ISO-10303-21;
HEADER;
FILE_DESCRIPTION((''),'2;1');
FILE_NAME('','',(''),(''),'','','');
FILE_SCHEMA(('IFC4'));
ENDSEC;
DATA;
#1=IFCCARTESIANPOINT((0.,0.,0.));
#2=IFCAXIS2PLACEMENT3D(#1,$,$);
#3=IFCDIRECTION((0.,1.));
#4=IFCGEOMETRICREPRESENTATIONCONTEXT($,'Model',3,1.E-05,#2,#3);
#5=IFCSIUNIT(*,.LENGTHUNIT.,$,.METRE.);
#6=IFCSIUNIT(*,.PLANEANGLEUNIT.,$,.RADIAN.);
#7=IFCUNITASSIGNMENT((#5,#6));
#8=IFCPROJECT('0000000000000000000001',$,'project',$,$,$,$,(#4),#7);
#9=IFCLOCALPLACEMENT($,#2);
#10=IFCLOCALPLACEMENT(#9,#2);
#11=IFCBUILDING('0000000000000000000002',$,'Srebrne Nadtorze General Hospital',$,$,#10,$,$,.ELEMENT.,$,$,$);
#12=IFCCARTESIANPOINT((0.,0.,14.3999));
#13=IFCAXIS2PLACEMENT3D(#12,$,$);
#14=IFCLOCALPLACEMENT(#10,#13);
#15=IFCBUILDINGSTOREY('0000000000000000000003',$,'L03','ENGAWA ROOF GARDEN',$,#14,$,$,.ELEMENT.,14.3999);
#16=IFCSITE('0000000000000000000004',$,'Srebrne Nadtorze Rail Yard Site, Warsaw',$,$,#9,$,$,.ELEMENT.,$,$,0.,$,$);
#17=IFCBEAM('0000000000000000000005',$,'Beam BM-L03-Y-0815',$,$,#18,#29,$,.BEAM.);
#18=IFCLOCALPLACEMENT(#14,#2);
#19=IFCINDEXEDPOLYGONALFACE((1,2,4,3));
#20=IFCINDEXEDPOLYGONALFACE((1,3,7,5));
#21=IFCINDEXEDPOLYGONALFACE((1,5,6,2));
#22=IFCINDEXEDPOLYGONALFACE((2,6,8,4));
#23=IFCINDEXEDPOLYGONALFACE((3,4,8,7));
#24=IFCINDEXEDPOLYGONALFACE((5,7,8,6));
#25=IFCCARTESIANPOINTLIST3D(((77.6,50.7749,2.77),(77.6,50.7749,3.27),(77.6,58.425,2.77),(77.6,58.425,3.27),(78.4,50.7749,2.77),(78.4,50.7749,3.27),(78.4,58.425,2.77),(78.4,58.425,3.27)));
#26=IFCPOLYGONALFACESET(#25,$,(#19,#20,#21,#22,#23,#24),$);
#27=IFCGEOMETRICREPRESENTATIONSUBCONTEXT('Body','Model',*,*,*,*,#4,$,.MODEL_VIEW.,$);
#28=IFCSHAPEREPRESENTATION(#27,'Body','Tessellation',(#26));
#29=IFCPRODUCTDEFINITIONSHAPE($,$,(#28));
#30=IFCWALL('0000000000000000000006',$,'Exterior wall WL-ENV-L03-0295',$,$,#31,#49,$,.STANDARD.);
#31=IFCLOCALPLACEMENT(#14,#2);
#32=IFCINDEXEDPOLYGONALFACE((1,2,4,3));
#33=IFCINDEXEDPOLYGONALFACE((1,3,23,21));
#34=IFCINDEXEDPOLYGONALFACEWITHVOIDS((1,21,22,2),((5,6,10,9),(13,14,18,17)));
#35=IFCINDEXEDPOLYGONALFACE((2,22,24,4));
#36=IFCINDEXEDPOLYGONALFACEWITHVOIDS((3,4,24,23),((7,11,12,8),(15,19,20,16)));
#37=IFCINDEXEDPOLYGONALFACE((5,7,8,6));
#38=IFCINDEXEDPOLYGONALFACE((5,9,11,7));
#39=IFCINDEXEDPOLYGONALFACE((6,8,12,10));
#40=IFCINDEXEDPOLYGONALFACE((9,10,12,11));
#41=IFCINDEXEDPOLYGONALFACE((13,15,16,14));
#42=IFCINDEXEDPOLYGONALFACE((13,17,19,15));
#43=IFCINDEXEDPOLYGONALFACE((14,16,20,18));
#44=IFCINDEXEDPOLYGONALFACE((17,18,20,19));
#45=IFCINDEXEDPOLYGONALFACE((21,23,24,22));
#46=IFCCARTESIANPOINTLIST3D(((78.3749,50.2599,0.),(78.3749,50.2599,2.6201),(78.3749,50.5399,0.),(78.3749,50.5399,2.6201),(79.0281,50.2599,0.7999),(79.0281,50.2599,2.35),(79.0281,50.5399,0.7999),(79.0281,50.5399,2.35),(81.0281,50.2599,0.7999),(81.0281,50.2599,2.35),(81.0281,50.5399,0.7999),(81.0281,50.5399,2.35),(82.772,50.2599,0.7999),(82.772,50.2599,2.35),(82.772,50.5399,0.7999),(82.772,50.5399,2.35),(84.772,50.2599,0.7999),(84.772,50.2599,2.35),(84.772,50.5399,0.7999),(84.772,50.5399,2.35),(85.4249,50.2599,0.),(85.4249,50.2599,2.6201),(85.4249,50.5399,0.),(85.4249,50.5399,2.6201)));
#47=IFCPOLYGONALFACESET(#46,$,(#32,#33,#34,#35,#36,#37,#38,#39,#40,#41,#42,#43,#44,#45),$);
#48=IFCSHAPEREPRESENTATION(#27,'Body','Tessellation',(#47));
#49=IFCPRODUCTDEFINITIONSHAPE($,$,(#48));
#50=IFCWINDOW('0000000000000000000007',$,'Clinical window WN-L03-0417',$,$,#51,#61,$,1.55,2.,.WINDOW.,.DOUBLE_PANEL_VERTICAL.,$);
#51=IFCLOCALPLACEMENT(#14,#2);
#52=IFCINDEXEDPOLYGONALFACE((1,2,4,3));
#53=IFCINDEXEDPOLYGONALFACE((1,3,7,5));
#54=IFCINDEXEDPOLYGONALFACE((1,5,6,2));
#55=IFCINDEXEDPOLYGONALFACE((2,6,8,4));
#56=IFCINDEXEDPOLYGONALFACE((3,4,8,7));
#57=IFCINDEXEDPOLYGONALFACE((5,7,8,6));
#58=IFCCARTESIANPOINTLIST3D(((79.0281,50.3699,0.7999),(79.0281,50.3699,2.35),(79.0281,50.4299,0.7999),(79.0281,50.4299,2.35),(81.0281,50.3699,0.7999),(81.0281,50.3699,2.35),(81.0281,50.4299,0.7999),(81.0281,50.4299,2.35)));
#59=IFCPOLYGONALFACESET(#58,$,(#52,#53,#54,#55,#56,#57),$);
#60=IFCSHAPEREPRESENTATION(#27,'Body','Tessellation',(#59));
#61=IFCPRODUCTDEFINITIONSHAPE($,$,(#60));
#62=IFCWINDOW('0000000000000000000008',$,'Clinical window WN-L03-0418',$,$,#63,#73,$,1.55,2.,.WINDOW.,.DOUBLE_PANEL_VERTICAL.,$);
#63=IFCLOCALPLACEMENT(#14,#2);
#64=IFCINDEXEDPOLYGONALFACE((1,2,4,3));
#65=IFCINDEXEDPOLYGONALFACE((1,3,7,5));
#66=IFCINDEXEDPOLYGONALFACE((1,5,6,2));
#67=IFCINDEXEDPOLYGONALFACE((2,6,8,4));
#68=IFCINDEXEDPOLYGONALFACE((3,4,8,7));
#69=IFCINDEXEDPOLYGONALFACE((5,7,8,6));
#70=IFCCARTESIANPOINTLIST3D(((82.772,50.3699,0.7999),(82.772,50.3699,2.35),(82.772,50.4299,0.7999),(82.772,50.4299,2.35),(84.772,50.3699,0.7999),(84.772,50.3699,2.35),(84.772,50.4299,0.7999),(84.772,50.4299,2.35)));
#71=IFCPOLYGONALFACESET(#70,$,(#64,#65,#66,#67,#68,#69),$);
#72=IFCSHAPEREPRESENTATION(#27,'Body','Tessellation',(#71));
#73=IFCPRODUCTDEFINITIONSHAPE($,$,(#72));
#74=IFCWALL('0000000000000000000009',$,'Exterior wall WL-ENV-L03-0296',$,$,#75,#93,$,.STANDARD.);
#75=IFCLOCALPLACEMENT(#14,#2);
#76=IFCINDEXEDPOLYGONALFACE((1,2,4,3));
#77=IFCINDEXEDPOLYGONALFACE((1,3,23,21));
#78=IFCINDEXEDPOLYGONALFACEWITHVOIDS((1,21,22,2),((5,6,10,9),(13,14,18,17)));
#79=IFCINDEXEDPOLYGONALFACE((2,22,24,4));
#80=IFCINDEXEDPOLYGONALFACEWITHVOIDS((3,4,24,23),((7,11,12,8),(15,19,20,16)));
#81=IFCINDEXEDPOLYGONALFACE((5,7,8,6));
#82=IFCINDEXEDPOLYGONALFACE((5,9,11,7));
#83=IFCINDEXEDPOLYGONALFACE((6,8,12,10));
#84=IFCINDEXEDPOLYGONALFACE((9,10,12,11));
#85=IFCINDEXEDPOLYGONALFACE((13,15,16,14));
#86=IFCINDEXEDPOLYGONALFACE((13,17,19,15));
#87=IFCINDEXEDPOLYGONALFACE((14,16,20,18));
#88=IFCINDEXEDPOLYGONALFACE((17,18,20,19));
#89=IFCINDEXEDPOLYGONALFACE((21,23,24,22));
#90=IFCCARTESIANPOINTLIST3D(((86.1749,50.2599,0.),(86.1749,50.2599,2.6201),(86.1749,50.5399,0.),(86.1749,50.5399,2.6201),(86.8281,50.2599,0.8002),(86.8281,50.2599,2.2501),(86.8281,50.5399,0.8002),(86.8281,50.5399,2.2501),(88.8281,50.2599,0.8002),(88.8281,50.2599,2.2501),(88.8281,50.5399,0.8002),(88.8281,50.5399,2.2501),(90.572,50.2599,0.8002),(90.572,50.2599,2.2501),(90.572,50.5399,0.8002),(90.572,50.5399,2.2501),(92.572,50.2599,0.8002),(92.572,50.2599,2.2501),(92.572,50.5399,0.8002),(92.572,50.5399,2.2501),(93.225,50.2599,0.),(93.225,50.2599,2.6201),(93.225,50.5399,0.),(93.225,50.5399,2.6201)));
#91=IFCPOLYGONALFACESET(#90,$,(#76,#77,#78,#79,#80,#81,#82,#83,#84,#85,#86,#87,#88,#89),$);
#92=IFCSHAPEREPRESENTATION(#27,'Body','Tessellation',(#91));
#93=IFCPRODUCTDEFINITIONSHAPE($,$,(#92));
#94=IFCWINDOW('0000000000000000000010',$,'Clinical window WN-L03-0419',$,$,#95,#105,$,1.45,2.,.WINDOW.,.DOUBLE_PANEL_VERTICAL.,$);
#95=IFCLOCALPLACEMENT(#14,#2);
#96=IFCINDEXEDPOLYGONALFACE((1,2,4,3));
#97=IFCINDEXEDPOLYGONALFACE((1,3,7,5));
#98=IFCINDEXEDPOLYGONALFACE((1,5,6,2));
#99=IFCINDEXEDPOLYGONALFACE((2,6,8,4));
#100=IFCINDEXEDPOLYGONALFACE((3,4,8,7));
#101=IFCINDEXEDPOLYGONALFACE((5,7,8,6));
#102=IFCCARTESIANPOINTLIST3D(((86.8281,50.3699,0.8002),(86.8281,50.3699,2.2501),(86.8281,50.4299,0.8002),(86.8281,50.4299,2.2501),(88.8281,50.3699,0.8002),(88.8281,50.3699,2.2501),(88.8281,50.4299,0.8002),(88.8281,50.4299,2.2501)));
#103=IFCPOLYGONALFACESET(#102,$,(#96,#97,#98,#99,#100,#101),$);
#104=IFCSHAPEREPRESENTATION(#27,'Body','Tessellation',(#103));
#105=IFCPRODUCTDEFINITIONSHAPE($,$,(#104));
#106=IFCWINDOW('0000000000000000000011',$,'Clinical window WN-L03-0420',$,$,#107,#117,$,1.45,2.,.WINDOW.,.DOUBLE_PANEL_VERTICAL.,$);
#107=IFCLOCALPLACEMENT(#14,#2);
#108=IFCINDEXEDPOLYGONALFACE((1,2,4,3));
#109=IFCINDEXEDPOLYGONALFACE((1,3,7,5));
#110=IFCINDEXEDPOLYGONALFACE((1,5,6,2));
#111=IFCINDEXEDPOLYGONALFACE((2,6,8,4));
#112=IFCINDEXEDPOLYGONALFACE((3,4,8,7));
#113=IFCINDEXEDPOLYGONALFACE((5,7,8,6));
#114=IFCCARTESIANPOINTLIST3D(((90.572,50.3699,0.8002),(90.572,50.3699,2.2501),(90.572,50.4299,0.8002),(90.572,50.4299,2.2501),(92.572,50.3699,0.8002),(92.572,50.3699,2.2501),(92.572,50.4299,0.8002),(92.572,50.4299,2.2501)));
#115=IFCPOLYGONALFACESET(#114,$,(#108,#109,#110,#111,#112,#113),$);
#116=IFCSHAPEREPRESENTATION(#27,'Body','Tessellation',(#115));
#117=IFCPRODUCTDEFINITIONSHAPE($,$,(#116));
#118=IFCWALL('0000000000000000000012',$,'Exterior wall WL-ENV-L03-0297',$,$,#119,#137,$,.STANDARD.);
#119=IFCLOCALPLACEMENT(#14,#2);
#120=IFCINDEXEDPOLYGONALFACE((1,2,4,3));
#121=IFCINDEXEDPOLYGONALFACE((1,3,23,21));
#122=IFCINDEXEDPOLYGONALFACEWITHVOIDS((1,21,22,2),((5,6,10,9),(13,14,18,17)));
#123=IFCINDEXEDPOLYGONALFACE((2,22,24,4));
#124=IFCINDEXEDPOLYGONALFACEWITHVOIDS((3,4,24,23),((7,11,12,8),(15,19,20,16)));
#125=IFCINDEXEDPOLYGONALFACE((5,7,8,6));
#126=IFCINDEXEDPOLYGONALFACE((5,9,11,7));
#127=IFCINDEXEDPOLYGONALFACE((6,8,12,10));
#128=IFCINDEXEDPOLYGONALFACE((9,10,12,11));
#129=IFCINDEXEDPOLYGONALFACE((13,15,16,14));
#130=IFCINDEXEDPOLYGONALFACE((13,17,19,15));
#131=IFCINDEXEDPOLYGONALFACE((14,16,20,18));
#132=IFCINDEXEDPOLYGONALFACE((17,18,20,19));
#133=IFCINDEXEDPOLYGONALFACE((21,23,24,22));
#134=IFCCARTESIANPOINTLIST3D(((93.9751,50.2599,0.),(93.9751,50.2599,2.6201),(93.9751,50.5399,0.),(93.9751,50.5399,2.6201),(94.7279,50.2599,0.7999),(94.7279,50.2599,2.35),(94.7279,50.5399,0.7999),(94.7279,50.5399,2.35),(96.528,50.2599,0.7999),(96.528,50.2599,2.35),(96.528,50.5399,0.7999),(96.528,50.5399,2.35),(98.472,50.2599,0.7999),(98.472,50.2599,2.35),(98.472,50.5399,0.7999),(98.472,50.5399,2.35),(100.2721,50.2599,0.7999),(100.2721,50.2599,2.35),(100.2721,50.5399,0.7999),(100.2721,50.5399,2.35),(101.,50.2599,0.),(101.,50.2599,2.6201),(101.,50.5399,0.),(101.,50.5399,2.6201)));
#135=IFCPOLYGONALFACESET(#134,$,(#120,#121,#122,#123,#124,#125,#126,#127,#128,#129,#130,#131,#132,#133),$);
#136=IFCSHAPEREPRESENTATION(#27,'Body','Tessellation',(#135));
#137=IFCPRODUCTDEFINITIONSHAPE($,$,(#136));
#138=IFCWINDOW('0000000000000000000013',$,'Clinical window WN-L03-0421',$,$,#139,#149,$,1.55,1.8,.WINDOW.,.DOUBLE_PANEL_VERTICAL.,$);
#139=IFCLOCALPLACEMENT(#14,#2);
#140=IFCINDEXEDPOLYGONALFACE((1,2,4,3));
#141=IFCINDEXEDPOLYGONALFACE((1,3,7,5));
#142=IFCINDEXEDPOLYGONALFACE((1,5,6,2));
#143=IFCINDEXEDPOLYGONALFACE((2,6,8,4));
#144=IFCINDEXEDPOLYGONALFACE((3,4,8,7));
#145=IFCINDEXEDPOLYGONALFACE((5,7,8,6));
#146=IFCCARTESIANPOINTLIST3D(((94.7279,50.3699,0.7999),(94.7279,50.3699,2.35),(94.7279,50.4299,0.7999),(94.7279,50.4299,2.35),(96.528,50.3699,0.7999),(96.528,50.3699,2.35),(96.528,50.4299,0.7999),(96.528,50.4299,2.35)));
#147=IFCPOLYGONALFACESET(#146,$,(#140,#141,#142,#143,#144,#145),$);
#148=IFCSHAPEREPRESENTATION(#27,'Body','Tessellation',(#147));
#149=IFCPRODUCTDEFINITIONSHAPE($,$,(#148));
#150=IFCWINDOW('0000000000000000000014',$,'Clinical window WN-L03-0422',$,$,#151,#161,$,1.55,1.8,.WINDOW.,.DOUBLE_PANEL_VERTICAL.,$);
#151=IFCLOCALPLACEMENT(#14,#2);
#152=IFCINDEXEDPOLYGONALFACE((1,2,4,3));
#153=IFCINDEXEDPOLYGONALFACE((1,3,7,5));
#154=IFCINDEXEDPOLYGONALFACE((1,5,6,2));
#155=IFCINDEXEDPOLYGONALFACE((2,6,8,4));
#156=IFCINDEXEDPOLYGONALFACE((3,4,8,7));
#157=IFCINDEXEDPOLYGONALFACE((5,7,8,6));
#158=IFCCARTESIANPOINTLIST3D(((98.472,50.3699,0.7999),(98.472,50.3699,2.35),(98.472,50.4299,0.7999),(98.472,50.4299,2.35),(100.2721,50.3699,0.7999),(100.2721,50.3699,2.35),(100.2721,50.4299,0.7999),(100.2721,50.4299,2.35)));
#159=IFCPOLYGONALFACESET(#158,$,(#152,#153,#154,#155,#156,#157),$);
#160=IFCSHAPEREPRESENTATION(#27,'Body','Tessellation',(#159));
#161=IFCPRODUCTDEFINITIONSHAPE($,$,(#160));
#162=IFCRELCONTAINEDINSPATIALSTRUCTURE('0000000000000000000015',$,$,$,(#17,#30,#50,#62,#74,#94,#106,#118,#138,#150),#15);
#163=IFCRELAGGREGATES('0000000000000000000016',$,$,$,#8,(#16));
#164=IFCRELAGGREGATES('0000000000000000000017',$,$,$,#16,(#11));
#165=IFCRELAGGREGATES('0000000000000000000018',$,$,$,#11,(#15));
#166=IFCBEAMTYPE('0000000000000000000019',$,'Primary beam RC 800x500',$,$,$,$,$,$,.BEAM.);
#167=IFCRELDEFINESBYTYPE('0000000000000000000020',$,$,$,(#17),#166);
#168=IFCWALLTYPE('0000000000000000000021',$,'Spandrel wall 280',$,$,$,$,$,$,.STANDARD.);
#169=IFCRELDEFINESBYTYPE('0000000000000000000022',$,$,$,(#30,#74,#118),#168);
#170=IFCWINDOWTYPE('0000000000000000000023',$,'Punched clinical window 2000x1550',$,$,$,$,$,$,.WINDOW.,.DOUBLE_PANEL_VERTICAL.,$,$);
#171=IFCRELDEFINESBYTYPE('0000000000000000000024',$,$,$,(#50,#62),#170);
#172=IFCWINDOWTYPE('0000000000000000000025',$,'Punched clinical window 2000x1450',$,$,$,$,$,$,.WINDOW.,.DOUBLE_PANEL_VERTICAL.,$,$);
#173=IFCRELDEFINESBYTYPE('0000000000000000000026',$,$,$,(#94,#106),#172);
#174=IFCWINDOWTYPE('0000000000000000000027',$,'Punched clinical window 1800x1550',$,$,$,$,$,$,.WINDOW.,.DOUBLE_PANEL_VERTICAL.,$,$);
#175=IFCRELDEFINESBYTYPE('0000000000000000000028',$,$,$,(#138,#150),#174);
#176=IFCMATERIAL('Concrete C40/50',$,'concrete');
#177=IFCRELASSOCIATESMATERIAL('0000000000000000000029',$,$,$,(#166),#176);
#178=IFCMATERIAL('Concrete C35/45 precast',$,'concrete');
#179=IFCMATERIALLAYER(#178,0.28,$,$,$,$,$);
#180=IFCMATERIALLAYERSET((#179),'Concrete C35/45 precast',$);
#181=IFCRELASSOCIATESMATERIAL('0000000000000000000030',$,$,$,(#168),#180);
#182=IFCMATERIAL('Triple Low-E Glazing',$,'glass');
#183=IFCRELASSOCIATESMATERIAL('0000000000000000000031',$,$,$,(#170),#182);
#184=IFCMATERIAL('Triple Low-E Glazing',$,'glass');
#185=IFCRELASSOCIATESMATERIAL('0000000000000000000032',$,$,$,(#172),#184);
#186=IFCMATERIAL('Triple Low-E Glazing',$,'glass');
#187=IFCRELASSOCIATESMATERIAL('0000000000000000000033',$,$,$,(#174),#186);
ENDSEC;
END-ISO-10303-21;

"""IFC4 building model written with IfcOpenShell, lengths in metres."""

from ifc_helpers import new_model, si_unit, direction, frame, frame_2d, origin, origin_2d, place, context, subcontext, project, spatial, rectangle, extrude, material, layer, layer_set, material_profile, profile_set, type_object, element, fill, save


model = new_model("IFC4")

# Units and contexts
model_context = context("Model", 3, precision=1e-05, world=origin(), true_north=direction((0.0, 1.0)))
body_context = subcontext(model_context, "Body", "Model", "MODEL_VIEW")
ifc_project = project(units=[si_unit("LENGTHUNIT", "METRE"), si_unit("PLANEANGLEUNIT", "RADIAN")], contexts=[model_context])

# Site, building, storey
site_placement = place(None, origin())
site = spatial("IfcSite", under=ifc_project, at=site_placement, Name="Srebrne Nadtorze Rail Yard Site, Warsaw", CompositionType="ELEMENT", RefElevation=0.0)
building_placement = place(site_placement, origin())
building = spatial("IfcBuilding", under=site, at=building_placement, Name="Srebrne Nadtorze General Hospital", CompositionType="ELEMENT")
storey_placement = place(building_placement, frame((0.0, 0.0, 14.3999)))
storey = spatial("IfcBuildingStorey", under=building, at=storey_placement, Name="L03", Description="ENGAWA ROOF GARDEN", CompositionType="ELEMENT", Elevation=14.3999)

# Beam
ifc_material_1 = material(Name="Concrete C40/50", Category="concrete")
ifc_material_profile_1 = material_profile(ifc_material_1, rectangle(XDim=0.8, YDim=0.5, at=origin_2d()), Name="RC-BM-800x500")
ifc_profile_set_1 = profile_set([ifc_material_profile_1], Name="Concrete C40/50")
beam_type_1 = type_object("IfcBeamType", Name="Primary beam RC 800x500", PredefinedType="BEAM", material=ifc_profile_set_1)
beam_1_placement = place(storey_placement, frame((78.0, 50.7749, 3.02), z_axis=(0.0, 1.0, 0.0), x_axis=(-1.0, 0.0, 0.0)))
element("IfcBeam", 1, at=beam_1_placement, inside=storey, type_object=beam_type_1, Name="Beam BM-L03-Y-0815", PredefinedType="BEAM", context=body_context, shape_type="SweptSolid", body=[
    extrude(rectangle(XDim=0.8, YDim=0.5, at=origin_2d()), origin(), (0.0, 0.0, 1.0), 7.6501),
])

# Walls, openings, windows
ifc_material_2 = material(Name="Concrete C35/45 precast", Category="concrete")
ifc_layer_1 = layer(ifc_material_2, 0.28)
ifc_layer_set_1 = layer_set([ifc_layer_1], Name="Concrete C35/45 precast")
wall_type = type_object("IfcWallType", Name="Spandrel wall 280", PredefinedType="STANDARD", material=ifc_layer_set_1)
wall_1_placement = place(storey_placement, frame((78.375, 50.3999, 0.0), z_axis=(0.0, 0.0, 1.0), x_axis=(1.0, 0.0, 0.0)))
wall_1 = element("IfcWall", 2, at=wall_1_placement, inside=storey, type_object=wall_type, Name="Exterior wall WL-ENV-L03-0295", PredefinedType="STANDARD", context=body_context, shape_type="SweptSolid", body=[
    extrude(rectangle(XDim=7.05, YDim=0.28, at=frame_2d((3.5249, 0.0))), origin(), (0.0, 0.0, 1.0), 2.6201),
])
opening_1_placement = place(wall_1_placement, frame((0.6531, 0.0, 0.8)))
opening_1 = element("IfcOpeningElement", 3, at=opening_1_placement, cuts=wall_1, PredefinedType="OPENING", context=body_context, shape_type="SweptSolid", body=[
    extrude(rectangle(XDim=2.0, YDim=1.55, at=frame_2d((1.0, 0.7749))), frame((0.0, 0.1519, 0.0), z_axis=(0.0, -1.0, 0.0), x_axis=(1.0, 0.0, 0.0)), (0.0, 0.0, 1.0), 0.304),
])
opening_2_placement = place(wall_1_placement, frame((4.397, 0.0, 0.8)))
opening_2 = element("IfcOpeningElement", 4, at=opening_2_placement, cuts=wall_1, PredefinedType="OPENING", context=body_context, shape_type="SweptSolid", body=[
    extrude(rectangle(XDim=2.0, YDim=1.55, at=frame_2d((1.0, 0.7749))), frame((0.0, 0.1519, 0.0), z_axis=(0.0, -1.0, 0.0), x_axis=(1.0, 0.0, 0.0)), (0.0, 0.0, 1.0), 0.304),
])
ifc_material_3 = material(Name="Triple Low-E Glazing", Category="glass")
window_type_1 = type_object("IfcWindowType", Name="Punched clinical window 2000x1550", PartitioningType="DOUBLE_PANEL_VERTICAL", PredefinedType="WINDOW", material=ifc_material_3)
window_1_placement = place(opening_1_placement, origin())
window_1 = element("IfcWindow", 5, at=window_1_placement, inside=storey, type_object=window_type_1, Name="Clinical window WN-L03-0417", OverallHeight=1.55, OverallWidth=2.0, PartitioningType="DOUBLE_PANEL_VERTICAL", PredefinedType="WINDOW", context=body_context, shape_type="SweptSolid", body=[
    extrude(rectangle(XDim=2.0, YDim=1.55, at=frame_2d((1.0, 0.7749))), frame((0.0, 0.03, 0.0), z_axis=(0.0, -1.0, 0.0), x_axis=(1.0, 0.0, 0.0)), (0.0, 0.0, 1.0), 0.0601),
])
fill(opening_1, window_1)
window_2_placement = place(opening_2_placement, origin())
window_2 = element("IfcWindow", 6, at=window_2_placement, inside=storey, type_object=window_type_1, Name="Clinical window WN-L03-0418", OverallHeight=1.55, OverallWidth=2.0, PartitioningType="DOUBLE_PANEL_VERTICAL", PredefinedType="WINDOW", context=body_context, shape_type="SweptSolid", body=[
    extrude(rectangle(XDim=2.0, YDim=1.55, at=frame_2d((1.0, 0.7749))), frame((0.0, 0.03, 0.0), z_axis=(0.0, -1.0, 0.0), x_axis=(1.0, 0.0, 0.0)), (0.0, 0.0, 1.0), 0.0601),
])
fill(opening_2, window_2)
wall_2_placement = place(storey_placement, frame((86.175, 50.3999, 0.0), z_axis=(0.0, 0.0, 1.0), x_axis=(1.0, 0.0, 0.0)))
wall_2 = element("IfcWall", 7, at=wall_2_placement, inside=storey, type_object=wall_type, Name="Exterior wall WL-ENV-L03-0296", PredefinedType="STANDARD", context=body_context, shape_type="SweptSolid", body=[
    extrude(rectangle(XDim=7.05, YDim=0.28, at=frame_2d((3.5249, 0.0))), origin(), (0.0, 0.0, 1.0), 2.6201),
])
opening_3_placement = place(wall_2_placement, frame((0.6531, 0.0, 0.8)))
opening_3 = element("IfcOpeningElement", 8, at=opening_3_placement, cuts=wall_2, PredefinedType="OPENING", context=body_context, shape_type="SweptSolid", body=[
    extrude(rectangle(XDim=2.0, YDim=1.45, at=frame_2d((1.0, 0.7251))), frame((0.0, 0.1519, 0.0), z_axis=(0.0, -1.0, 0.0), x_axis=(1.0, 0.0, 0.0)), (0.0, 0.0, 1.0), 0.304),
])
opening_4_placement = place(wall_2_placement, frame((4.397, 0.0, 0.8)))
opening_4 = element("IfcOpeningElement", 9, at=opening_4_placement, cuts=wall_2, PredefinedType="OPENING", context=body_context, shape_type="SweptSolid", body=[
    extrude(rectangle(XDim=2.0, YDim=1.45, at=frame_2d((1.0, 0.7251))), frame((0.0, 0.1519, 0.0), z_axis=(0.0, -1.0, 0.0), x_axis=(1.0, 0.0, 0.0)), (0.0, 0.0, 1.0), 0.304),
])
ifc_material_4 = material(Name="Triple Low-E Glazing", Category="glass")
window_type_2 = type_object("IfcWindowType", Name="Punched clinical window 2000x1450", PartitioningType="DOUBLE_PANEL_VERTICAL", PredefinedType="WINDOW", material=ifc_material_4)
window_3_placement = place(opening_3_placement, origin())
window_3 = element("IfcWindow", 10, at=window_3_placement, inside=storey, type_object=window_type_2, Name="Clinical window WN-L03-0419", OverallHeight=1.45, OverallWidth=2.0, PartitioningType="DOUBLE_PANEL_VERTICAL", PredefinedType="WINDOW", context=body_context, shape_type="SweptSolid", body=[
    extrude(rectangle(XDim=2.0, YDim=1.45, at=frame_2d((1.0, 0.7251))), frame((0.0, 0.03, 0.0), z_axis=(0.0, -1.0, 0.0), x_axis=(1.0, 0.0, 0.0)), (0.0, 0.0, 1.0), 0.0601),
])
fill(opening_3, window_3)
window_4_placement = place(opening_4_placement, origin())
window_4 = element("IfcWindow", 11, at=window_4_placement, inside=storey, type_object=window_type_2, Name="Clinical window WN-L03-0420", OverallHeight=1.45, OverallWidth=2.0, PartitioningType="DOUBLE_PANEL_VERTICAL", PredefinedType="WINDOW", context=body_context, shape_type="SweptSolid", body=[
    extrude(rectangle(XDim=2.0, YDim=1.45, at=frame_2d((1.0, 0.7251))), frame((0.0, 0.03, 0.0), z_axis=(0.0, -1.0, 0.0), x_axis=(1.0, 0.0, 0.0)), (0.0, 0.0, 1.0), 0.0601),
])
fill(opening_4, window_4)
wall_3_placement = place(storey_placement, frame((93.9751, 50.3999, 0.0), z_axis=(0.0, 0.0, 1.0), x_axis=(1.0, 0.0, 0.0)))
wall_3 = element("IfcWall", 12, at=wall_3_placement, inside=storey, type_object=wall_type, Name="Exterior wall WL-ENV-L03-0297", PredefinedType="STANDARD", context=body_context, shape_type="SweptSolid", body=[
    extrude(rectangle(XDim=7.0249, YDim=0.28, at=frame_2d((3.5125, 0.0))), origin(), (0.0, 0.0, 1.0), 2.6201),
])
opening_5_placement = place(wall_3_placement, frame((0.7529, 0.0, 0.8)))
opening_5 = element("IfcOpeningElement", 13, at=opening_5_placement, cuts=wall_3, PredefinedType="OPENING", context=body_context, shape_type="SweptSolid", body=[
    extrude(rectangle(XDim=1.8, YDim=1.55, at=frame_2d((0.8999, 0.7749))), frame((0.0, 0.1519, 0.0), z_axis=(0.0, -1.0, 0.0), x_axis=(1.0, 0.0, 0.0)), (0.0, 0.0, 1.0), 0.304),
])
opening_6_placement = place(wall_3_placement, frame((4.4971, 0.0, 0.8)))
opening_6 = element("IfcOpeningElement", 14, at=opening_6_placement, cuts=wall_3, PredefinedType="OPENING", context=body_context, shape_type="SweptSolid", body=[
    extrude(rectangle(XDim=1.8, YDim=1.55, at=frame_2d((0.8999, 0.7749))), frame((0.0, 0.1519, 0.0), z_axis=(0.0, -1.0, 0.0), x_axis=(1.0, 0.0, 0.0)), (0.0, 0.0, 1.0), 0.304),
])
ifc_material_5 = material(Name="Triple Low-E Glazing", Category="glass")
window_type_3 = type_object("IfcWindowType", Name="Punched clinical window 1800x1550", PartitioningType="DOUBLE_PANEL_VERTICAL", PredefinedType="WINDOW", material=ifc_material_5)
window_5_placement = place(opening_5_placement, origin())
window_5 = element("IfcWindow", 15, at=window_5_placement, inside=storey, type_object=window_type_3, Name="Clinical window WN-L03-0421", OverallHeight=1.55, OverallWidth=1.8, PartitioningType="DOUBLE_PANEL_VERTICAL", PredefinedType="WINDOW", context=body_context, shape_type="SweptSolid", body=[
    extrude(rectangle(XDim=1.8, YDim=1.55, at=frame_2d((0.8999, 0.7749))), frame((0.0, 0.03, 0.0), z_axis=(0.0, -1.0, 0.0), x_axis=(1.0, 0.0, 0.0)), (0.0, 0.0, 1.0), 0.0601),
])
fill(opening_5, window_5)
window_6_placement = place(opening_6_placement, origin())
window_6 = element("IfcWindow", 16, at=window_6_placement, inside=storey, type_object=window_type_3, Name="Clinical window WN-L03-0422", OverallHeight=1.55, OverallWidth=1.8, PartitioningType="DOUBLE_PANEL_VERTICAL", PredefinedType="WINDOW", context=body_context, shape_type="SweptSolid", body=[
    extrude(rectangle(XDim=1.8, YDim=1.55, at=frame_2d((0.8999, 0.7749))), frame((0.0, 0.03, 0.0), z_axis=(0.0, -1.0, 0.0), x_axis=(1.0, 0.0, 0.0)), (0.0, 0.0, 1.0), 0.0601),
])
fill(opening_6, window_6)

save(model, "model.ifc")
